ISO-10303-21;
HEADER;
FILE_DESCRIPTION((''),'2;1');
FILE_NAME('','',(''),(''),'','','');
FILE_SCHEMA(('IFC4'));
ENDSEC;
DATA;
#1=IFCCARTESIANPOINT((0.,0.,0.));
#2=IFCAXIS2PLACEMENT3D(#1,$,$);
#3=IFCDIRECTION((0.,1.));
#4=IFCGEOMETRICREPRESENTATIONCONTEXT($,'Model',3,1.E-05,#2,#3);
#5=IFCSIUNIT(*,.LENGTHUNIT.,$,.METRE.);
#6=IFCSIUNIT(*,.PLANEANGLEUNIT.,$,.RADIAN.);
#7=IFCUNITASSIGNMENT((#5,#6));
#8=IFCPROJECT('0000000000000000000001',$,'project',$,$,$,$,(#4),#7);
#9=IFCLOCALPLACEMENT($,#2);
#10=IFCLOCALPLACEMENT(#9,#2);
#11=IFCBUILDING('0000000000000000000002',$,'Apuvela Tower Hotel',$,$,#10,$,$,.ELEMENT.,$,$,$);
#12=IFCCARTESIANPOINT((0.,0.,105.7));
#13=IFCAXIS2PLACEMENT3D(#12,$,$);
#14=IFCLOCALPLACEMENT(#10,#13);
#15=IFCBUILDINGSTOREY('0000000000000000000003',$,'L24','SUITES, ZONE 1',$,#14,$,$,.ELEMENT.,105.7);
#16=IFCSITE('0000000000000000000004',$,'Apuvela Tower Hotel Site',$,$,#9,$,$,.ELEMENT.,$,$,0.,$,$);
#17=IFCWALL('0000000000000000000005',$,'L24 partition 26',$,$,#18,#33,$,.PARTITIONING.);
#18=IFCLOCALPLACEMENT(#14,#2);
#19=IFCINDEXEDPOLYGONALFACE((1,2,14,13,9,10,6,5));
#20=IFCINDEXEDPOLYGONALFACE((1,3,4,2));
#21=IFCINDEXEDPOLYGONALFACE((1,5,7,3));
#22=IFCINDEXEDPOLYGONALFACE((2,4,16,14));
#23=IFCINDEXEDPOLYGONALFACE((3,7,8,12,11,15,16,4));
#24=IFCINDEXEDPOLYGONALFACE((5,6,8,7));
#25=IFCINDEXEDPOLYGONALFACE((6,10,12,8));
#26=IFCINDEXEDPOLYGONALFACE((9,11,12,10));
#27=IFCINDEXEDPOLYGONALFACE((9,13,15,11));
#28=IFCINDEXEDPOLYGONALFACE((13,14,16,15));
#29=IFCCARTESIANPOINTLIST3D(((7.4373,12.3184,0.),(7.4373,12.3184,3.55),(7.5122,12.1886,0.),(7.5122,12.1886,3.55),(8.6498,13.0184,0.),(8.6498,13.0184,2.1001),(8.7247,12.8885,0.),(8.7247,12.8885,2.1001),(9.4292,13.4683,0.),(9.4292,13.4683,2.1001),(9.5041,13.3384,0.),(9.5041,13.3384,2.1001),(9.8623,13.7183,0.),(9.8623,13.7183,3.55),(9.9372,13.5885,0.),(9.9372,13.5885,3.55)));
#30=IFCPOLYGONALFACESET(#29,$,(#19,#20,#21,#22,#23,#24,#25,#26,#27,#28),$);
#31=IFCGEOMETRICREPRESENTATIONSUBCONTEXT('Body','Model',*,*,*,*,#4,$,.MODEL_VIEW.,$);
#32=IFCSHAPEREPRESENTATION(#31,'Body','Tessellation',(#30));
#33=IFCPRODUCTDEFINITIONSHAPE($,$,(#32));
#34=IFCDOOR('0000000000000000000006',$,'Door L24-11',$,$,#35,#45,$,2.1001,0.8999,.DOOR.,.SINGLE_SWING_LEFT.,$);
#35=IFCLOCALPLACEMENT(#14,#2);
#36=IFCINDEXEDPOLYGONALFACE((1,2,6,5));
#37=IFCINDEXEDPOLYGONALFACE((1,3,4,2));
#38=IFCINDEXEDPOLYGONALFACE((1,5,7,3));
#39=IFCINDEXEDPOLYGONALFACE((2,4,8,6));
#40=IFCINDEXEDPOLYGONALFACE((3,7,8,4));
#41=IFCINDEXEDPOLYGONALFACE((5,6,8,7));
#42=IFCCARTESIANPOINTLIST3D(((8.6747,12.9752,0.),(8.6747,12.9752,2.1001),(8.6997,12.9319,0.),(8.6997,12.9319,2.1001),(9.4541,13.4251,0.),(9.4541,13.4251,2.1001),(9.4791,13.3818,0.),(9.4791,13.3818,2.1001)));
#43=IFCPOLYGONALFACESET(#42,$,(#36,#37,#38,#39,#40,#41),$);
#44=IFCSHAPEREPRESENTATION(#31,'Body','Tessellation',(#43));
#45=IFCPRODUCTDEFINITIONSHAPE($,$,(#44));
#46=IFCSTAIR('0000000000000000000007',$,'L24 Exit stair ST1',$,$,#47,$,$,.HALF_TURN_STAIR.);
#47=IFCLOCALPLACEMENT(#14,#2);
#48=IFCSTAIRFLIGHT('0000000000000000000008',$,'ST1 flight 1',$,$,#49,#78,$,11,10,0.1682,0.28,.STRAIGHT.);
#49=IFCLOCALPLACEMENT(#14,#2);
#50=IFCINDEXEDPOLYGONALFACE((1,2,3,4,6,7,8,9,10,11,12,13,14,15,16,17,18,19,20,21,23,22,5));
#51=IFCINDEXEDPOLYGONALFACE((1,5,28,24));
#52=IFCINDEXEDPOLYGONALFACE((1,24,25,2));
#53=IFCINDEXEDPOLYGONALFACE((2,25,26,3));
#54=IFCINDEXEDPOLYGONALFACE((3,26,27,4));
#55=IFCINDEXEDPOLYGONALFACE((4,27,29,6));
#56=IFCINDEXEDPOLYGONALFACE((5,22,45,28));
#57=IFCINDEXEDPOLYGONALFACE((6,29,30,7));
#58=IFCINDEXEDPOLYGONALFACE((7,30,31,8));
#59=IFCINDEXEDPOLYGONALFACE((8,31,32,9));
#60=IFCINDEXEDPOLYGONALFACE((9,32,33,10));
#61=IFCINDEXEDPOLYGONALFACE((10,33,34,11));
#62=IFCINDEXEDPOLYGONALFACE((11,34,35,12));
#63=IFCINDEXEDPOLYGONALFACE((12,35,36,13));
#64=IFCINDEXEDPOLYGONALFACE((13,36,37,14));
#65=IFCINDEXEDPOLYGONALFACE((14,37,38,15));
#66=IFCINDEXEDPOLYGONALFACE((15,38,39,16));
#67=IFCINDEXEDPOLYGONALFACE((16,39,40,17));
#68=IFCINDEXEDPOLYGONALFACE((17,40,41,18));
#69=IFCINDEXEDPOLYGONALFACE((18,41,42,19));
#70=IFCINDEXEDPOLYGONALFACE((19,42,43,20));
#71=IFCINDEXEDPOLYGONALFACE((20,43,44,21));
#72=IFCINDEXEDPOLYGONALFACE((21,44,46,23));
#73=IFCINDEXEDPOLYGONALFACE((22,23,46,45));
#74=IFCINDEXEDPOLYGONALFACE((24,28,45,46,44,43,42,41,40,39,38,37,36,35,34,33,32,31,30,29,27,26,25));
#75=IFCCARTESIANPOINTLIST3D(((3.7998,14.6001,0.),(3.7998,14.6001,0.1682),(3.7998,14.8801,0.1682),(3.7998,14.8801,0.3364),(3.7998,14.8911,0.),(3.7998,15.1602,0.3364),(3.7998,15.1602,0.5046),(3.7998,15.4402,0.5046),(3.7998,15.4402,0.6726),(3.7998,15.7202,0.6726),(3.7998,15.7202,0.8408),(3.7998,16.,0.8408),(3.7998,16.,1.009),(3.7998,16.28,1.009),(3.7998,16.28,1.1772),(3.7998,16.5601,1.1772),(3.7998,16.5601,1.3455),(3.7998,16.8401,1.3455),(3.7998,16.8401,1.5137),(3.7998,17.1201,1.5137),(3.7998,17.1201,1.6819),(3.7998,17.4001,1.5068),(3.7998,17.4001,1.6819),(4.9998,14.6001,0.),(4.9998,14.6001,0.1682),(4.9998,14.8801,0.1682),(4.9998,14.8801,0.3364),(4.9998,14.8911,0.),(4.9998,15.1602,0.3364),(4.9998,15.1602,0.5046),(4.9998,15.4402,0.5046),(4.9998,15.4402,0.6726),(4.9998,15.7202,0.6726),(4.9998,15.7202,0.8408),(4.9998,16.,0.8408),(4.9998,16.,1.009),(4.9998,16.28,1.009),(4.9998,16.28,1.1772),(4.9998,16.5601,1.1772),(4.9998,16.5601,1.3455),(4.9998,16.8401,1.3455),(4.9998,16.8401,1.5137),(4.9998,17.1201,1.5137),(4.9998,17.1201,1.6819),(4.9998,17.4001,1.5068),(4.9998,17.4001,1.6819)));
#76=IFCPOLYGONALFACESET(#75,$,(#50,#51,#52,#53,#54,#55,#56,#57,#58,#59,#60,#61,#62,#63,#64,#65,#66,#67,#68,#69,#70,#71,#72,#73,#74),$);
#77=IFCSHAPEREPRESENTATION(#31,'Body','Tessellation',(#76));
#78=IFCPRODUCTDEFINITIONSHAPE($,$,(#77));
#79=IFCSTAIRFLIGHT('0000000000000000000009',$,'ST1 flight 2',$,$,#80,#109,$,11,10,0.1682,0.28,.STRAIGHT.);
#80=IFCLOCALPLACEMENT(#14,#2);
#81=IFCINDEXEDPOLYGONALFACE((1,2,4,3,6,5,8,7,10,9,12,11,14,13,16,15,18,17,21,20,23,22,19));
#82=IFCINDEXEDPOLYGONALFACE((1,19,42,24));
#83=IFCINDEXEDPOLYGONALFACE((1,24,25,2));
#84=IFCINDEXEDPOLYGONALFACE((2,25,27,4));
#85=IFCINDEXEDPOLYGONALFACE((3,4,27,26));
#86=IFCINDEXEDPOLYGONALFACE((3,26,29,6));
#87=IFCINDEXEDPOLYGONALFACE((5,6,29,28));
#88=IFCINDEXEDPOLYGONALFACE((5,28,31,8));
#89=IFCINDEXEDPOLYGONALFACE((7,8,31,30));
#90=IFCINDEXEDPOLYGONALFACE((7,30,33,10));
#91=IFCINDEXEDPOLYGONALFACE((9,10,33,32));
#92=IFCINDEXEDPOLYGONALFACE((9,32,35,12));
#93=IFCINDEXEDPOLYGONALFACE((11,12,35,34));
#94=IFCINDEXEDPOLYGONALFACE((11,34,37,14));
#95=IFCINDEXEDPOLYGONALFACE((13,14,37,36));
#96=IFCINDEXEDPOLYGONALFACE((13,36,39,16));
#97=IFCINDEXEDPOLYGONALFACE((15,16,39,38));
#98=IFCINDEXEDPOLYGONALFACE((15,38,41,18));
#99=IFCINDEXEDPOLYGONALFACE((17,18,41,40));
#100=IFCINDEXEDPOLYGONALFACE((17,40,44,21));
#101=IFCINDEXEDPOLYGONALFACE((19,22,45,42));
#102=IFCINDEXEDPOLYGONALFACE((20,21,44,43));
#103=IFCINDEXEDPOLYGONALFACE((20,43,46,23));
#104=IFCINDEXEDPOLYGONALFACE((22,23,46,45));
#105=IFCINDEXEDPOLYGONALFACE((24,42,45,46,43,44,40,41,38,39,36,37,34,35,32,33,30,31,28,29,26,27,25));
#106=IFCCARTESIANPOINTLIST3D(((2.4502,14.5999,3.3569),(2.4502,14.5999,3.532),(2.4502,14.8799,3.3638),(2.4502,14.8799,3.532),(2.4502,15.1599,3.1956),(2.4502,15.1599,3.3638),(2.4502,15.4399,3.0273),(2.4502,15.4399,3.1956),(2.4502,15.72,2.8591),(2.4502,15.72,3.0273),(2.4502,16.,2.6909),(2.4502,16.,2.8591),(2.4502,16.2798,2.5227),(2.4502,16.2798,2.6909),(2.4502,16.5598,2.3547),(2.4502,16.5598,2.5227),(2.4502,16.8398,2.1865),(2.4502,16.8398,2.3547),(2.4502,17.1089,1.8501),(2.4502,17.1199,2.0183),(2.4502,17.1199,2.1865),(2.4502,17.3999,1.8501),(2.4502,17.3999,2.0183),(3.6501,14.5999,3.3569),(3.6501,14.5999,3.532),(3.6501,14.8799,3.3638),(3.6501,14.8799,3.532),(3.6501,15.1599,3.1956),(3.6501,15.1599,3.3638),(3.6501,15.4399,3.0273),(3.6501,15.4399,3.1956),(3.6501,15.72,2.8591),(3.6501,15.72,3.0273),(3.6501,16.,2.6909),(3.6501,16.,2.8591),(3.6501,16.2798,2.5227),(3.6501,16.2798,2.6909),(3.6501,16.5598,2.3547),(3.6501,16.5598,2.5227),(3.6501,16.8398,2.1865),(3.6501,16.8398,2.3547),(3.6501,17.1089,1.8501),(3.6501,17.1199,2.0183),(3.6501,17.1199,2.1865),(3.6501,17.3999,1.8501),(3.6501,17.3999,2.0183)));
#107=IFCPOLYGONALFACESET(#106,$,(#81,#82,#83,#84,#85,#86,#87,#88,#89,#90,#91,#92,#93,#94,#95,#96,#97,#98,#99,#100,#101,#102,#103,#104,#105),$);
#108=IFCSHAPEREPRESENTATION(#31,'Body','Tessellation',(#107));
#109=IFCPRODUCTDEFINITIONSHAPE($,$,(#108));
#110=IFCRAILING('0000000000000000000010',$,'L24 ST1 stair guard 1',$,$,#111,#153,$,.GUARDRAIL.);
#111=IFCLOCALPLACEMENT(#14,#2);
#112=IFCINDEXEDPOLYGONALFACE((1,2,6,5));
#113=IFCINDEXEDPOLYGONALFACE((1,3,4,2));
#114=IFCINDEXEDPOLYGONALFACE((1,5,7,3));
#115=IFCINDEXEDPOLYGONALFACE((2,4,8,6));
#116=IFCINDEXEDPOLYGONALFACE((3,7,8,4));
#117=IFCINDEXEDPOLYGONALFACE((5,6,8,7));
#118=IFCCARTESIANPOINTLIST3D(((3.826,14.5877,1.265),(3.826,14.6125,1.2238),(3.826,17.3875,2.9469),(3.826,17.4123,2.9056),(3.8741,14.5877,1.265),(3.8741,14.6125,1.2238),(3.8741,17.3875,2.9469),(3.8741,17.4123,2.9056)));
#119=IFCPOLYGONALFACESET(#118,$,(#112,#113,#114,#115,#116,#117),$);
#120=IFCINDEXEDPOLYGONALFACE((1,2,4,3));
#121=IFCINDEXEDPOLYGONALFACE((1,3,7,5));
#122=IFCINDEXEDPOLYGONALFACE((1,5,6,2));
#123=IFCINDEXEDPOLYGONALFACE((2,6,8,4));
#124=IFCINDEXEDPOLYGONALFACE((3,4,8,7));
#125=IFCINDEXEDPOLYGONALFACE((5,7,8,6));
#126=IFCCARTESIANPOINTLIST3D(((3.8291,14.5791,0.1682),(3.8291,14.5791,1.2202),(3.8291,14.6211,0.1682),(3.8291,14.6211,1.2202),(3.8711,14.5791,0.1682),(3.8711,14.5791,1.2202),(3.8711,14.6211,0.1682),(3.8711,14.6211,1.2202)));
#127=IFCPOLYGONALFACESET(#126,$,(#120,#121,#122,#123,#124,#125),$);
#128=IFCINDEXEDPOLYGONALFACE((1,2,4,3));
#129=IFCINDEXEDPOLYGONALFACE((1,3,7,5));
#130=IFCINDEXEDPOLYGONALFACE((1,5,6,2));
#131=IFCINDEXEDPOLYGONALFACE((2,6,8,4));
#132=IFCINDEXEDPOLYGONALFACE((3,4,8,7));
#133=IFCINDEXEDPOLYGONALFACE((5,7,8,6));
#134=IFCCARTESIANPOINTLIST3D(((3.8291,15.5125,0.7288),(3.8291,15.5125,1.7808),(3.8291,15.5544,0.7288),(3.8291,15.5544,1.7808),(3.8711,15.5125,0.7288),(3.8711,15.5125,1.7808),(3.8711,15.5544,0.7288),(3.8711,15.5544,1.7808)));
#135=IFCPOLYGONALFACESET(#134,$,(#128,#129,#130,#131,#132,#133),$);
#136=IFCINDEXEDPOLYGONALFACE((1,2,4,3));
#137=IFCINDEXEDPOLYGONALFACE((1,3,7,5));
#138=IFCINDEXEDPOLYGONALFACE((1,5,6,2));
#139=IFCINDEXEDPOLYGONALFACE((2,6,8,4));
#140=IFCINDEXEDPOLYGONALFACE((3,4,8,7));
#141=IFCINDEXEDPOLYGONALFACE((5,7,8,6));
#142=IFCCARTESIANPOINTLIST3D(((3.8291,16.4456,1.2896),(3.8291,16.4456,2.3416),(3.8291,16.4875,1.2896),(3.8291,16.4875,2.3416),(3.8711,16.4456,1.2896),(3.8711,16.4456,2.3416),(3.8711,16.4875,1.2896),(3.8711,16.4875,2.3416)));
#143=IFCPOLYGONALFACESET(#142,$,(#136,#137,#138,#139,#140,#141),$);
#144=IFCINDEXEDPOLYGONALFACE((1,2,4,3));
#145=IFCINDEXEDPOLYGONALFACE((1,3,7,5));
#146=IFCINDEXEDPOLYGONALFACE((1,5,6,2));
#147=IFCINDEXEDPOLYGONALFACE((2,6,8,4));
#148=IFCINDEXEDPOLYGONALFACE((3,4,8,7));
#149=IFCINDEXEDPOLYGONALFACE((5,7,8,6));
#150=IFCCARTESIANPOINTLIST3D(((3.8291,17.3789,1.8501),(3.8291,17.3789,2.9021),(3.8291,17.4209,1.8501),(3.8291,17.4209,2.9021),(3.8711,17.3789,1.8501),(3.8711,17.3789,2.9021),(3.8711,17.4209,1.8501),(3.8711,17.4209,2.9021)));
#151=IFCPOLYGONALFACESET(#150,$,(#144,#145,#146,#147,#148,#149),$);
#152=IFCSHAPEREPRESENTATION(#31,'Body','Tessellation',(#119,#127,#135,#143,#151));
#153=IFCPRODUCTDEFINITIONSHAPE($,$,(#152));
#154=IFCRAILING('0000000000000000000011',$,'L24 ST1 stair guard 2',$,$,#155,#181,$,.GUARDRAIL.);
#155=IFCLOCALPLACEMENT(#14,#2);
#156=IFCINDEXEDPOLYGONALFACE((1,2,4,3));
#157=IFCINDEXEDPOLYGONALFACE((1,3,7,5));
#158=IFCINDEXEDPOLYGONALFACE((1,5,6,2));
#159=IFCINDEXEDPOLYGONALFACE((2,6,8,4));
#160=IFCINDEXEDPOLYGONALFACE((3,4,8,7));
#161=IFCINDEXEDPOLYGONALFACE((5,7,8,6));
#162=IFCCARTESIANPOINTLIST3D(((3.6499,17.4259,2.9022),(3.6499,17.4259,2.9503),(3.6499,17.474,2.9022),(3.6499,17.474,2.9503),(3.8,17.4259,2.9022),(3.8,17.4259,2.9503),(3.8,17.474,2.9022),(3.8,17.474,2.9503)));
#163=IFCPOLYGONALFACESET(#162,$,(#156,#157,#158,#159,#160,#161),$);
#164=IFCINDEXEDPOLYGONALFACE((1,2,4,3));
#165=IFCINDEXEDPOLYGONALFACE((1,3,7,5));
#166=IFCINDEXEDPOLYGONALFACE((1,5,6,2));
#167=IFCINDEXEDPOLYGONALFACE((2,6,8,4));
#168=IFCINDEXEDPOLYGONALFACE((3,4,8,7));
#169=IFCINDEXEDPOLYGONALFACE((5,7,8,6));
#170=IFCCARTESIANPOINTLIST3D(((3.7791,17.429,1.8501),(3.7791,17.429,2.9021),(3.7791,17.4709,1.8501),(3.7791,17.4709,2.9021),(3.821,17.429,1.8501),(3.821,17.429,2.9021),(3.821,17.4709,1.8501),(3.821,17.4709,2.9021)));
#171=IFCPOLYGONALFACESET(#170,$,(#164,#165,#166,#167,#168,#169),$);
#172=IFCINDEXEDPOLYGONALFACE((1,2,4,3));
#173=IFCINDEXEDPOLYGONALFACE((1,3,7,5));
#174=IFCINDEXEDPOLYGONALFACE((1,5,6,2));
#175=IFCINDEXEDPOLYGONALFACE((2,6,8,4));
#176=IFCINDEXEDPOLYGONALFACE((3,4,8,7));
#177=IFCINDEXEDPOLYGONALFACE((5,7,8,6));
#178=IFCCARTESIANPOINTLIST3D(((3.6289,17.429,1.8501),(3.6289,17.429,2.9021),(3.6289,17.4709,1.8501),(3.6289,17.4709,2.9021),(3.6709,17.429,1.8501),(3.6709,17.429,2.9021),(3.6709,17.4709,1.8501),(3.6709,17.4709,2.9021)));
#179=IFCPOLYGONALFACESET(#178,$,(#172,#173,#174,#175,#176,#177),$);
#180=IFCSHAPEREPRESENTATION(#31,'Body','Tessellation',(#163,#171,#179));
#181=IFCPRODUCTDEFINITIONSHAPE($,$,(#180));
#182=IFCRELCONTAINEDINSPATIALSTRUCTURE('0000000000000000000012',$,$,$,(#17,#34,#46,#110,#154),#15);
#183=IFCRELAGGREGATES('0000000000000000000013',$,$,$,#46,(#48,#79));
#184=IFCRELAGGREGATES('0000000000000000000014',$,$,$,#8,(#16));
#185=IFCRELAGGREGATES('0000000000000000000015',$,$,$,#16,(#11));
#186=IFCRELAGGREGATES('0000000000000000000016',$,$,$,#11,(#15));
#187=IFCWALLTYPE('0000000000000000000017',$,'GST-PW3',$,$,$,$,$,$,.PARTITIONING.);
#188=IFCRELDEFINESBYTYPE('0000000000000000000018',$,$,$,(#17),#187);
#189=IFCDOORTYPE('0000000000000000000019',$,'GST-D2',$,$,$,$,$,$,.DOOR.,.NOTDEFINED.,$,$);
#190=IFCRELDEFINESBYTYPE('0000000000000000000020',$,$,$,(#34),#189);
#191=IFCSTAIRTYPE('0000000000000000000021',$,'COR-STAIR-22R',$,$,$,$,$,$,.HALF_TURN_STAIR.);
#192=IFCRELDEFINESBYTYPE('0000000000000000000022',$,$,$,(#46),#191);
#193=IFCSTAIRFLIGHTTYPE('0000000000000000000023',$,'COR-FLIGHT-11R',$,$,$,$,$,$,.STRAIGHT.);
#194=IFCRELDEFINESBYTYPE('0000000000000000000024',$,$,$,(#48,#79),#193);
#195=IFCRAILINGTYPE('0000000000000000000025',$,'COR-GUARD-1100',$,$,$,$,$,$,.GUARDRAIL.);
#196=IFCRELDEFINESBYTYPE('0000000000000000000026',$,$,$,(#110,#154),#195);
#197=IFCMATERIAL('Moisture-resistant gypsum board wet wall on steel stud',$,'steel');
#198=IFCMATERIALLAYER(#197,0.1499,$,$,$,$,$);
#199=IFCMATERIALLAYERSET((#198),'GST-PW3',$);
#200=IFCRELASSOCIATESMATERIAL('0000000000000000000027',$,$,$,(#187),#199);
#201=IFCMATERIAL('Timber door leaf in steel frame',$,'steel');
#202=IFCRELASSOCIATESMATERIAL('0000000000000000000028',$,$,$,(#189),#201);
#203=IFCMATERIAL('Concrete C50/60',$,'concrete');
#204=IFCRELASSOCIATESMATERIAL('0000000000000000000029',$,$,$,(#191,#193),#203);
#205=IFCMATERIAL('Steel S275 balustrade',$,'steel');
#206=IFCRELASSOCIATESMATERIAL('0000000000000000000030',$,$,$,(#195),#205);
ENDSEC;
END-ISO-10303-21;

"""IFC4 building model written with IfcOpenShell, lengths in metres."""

from ifc_helpers import new_model, si_unit, direction, frame, frame_2d, origin, origin_2d, place, context, subcontext, project, spatial, polyline, rectangle, outline, extrude, material, layer, layer_set, type_object, element, fill, aggregate, save


model = new_model("IFC4")

# Units and contexts
model_context = context("Model", 3, precision=1e-05, world=origin(), true_north=direction((0.0, 1.0)))
body_context = subcontext(model_context, "Body", "Model", "MODEL_VIEW")
ifc_project = project(units=[si_unit("LENGTHUNIT", "METRE"), si_unit("PLANEANGLEUNIT", "RADIAN")], contexts=[model_context])

# Site, building, storey
site_placement = place(None, origin())
site = spatial("IfcSite", under=ifc_project, at=site_placement, Name="Apuvela Tower Hotel Site", CompositionType="ELEMENT", RefElevation=0.0)
building_placement = place(site_placement, origin())
building = spatial("IfcBuilding", under=site, at=building_placement, Name="Apuvela Tower Hotel", CompositionType="ELEMENT")
storey_placement = place(building_placement, frame((0.0, 0.0, 105.7)))
storey = spatial("IfcBuildingStorey", under=building, at=storey_placement, Name="L24", Description="SUITES, ZONE 1", CompositionType="ELEMENT", Elevation=105.7)

# Shared definitions
ifc_material_1 = material(Name="Concrete C50/60", Category="concrete")

# Wall, opening, door
ifc_material_2 = material(Name="Moisture-resistant gypsum board wet wall on steel stud", Category="steel")
ifc_layer_1 = layer(ifc_material_2, 0.1499)
ifc_layer_set_1 = layer_set([ifc_layer_1], Name="GST-PW3")
wall_type_1 = type_object("IfcWallType", Name="GST-PW3", PredefinedType="PARTITIONING", material=ifc_layer_set_1)
wall_1_placement = place(storey_placement, frame((9.8997, 13.6533, 0.0), z_axis=(0.0, 0.0, 1.0), x_axis=(-0.866056, -0.499946, 0.0)))
wall_1 = element("IfcWall", 1, at=wall_1_placement, inside=storey, type_object=wall_type_1, Name="L24 partition 26", PredefinedType="PARTITIONING", context=body_context, shape_type="SweptSolid", body=[
    extrude(rectangle(XDim=2.8, YDim=0.1499, at=frame_2d((1.3999, 0.0))), origin(), (0.0, 0.0, 1.0), 3.55),
])
opening_1_placement = place(wall_1_placement, frame((0.5, 0.0, 0.0)))
opening_1 = element("IfcOpeningElement", 2, at=opening_1_placement, cuts=wall_1, PredefinedType="OPENING", context=body_context, shape_type="SweptSolid", body=[
    extrude(rectangle(XDim=0.8999, YDim=2.1001, at=frame_2d((0.45, 1.05))), frame((0.0, 0.085, 0.0), z_axis=(0.0, -1.0, 0.0), x_axis=(1.0, 0.0, 0.0)), (0.0, 0.0, 1.0), 0.1699),
])
ifc_material_3 = material(Name="Timber door leaf in steel frame", Category="steel")
door_type_1 = type_object("IfcDoorType", Name="GST-D2", OperationType="NOTDEFINED", PredefinedType="DOOR", material=ifc_material_3)
door_1_placement = place(opening_1_placement, origin())
door_1 = element("IfcDoor", 3, at=door_1_placement, inside=storey, type_object=door_type_1, Name="Door L24-11", OperationType="SINGLE_SWING_LEFT", OverallHeight=2.1001, OverallWidth=0.8999, PredefinedType="DOOR", context=body_context, shape_type="SweptSolid", body=[
    extrude(rectangle(XDim=0.8999, YDim=2.1001, at=frame_2d((0.45, 1.05))), frame((0.0, 0.0249, 0.0), z_axis=(0.0, -1.0, 0.0), x_axis=(1.0, 0.0, 0.0)), (0.0, 0.0, 1.0), 0.05),
])
fill(opening_1, door_1)

# Stair, stair flights
stair_type = type_object("IfcStairType", Name="COR-STAIR-22R", PredefinedType="HALF_TURN_STAIR", material=ifc_material_1)
stair_placement = place(storey_placement, origin())
stair = element("IfcStair", 4, at=stair_placement, inside=storey, type_object=stair_type, Name="L24 Exit stair ST1", PredefinedType="HALF_TURN_STAIR")
stair_flight_type = type_object("IfcStairFlightType", Name="COR-FLIGHT-11R", PredefinedType="STRAIGHT", material=ifc_material_1)
stair_flight_1_placement = place(storey_placement, frame((4.3999, 14.6001, 0.0), z_axis=(0.0, 0.0, 1.0), x_axis=(0.0, 1.0, 0.0)))
stair_flight_1 = element("IfcStairFlight", 5, at=stair_flight_1_placement, type_object=stair_flight_type, Name="ST1 flight 1", NumberOfRisers=11, NumberOfTreads=10, PredefinedType="STRAIGHT", RiserHeight=0.1682, TreadLength=0.28, context=body_context, shape_type="SweptSolid", body=[
    extrude(outline(polyline([(0.0, 0.0), (0.0, 0.1682), (0.28, 0.1682), (0.28, 0.3364), (0.5601, 0.3364), (0.5601, 0.5046), (0.8401, 0.5046), (0.8401, 0.6726), (1.1201, 0.6726), (1.1201, 0.8408), (1.3999, 0.8408), (1.3999, 1.009), (1.6799, 1.009), (1.6799, 1.1772), (1.96, 1.1772), (1.96, 1.3455), (2.24, 1.3455), (2.24, 1.5137), (2.52, 1.5137), (2.52, 1.6819), (2.8, 1.6819), (2.8, 1.8501), (2.8, 1.5068), (0.291, 0.0), (0.0, 0.0)])), frame((0.0, 0.6001, 0.0), z_axis=(0.0, -1.0, 0.0), x_axis=(1.0, 0.0, 0.0)), (0.0, 0.0, 1.0), 1.2),
])
stair_flight_2_placement = place(storey_placement, frame((3.05, 17.3999, 1.8501), z_axis=(0.0, 0.0, 1.0), x_axis=(0.0, -1.0, 0.0)))
stair_flight_2 = element("IfcStairFlight", 6, at=stair_flight_2_placement, type_object=stair_flight_type, Name="ST1 flight 2", NumberOfRisers=11, NumberOfTreads=10, PredefinedType="STRAIGHT", RiserHeight=0.1682, TreadLength=0.28, context=body_context, shape_type="SweptSolid", body=[
    extrude(outline(polyline([(0.0, 0.0), (0.0, 0.1682), (0.28, 0.1682), (0.28, 0.3364), (0.5601, 0.3364), (0.5601, 0.5046), (0.8401, 0.5046), (0.8401, 0.6726), (1.1201, 0.6726), (1.1201, 0.8408), (1.3999, 0.8408), (1.3999, 1.009), (1.6799, 1.009), (1.6799, 1.1772), (1.96, 1.1772), (1.96, 1.3455), (2.24, 1.3455), (2.24, 1.5137), (2.52, 1.5137), (2.52, 1.6819), (2.8, 1.6819), (2.8, 1.8501), (2.8, 1.5068), (0.291, 0.0), (0.0, 0.0)])), frame((0.0, 0.6001, 0.0), z_axis=(0.0, -1.0, 0.0), x_axis=(1.0, 0.0, 0.0)), (0.0, 0.0, 1.0), 1.2),
])
aggregate(stair, [stair_flight_1, stair_flight_2])

# Railings
ifc_material_4 = material(Name="Steel S275 balustrade", Category="steel")
railing_type_1 = type_object("IfcRailingType", Name="COR-GUARD-1100", PredefinedType="GUARDRAIL", material=ifc_material_4)
railing_1_placement = place(storey_placement, frame((3.8501, 14.6001, 0.1682)))
element("IfcRailing", 7, at=railing_1_placement, inside=storey, type_object=railing_type_1, Name="L24 ST1 stair guard 1", PredefinedType="GUARDRAIL", context=body_context, shape_type="SweptSolid", body=[
    extrude(rectangle(XDim=0.0481, YDim=0.0481, at=origin_2d()), frame((0.0, 0.0, 1.0762), z_axis=(0.0, 0.857222, 0.514946), x_axis=(-1.0, 0.0, 0.0)), (0.0, 0.0, 1.0), 3.2661),
    extrude(rectangle(XDim=0.042, YDim=0.042, at=origin_2d()), origin(), (0.0, 0.0, 1.0), 1.052),
    extrude(rectangle(XDim=0.042, YDim=0.042, at=origin_2d()), frame((0.0, 0.9333, 0.5605)), (0.0, 0.0, 1.0), 1.052),
    extrude(rectangle(XDim=0.042, YDim=0.042, at=origin_2d()), frame((0.0, 1.8665, 1.1213)), (0.0, 0.0, 1.0), 1.052),
    extrude(rectangle(XDim=0.042, YDim=0.042, at=origin_2d()), frame((0.0, 2.7998, 1.6819)), (0.0, 0.0, 1.0), 1.052),
])
railing_2_placement = place(storey_placement, frame((3.8, 17.45, 1.8501)))
element("IfcRailing", 8, at=railing_2_placement, inside=storey, type_object=railing_type_1, Name="L24 ST1 stair guard 2", PredefinedType="GUARDRAIL", context=body_context, shape_type="SweptSolid", body=[
    extrude(rectangle(XDim=0.0481, YDim=0.0481, at=origin_2d()), frame((0.0, 0.0, 1.0762), z_axis=(-1.0, 0.0, 0.0), x_axis=(0.0, -1.0, 0.0)), (0.0, 0.0, 1.0), 0.1501),
    extrude(rectangle(XDim=0.042, YDim=0.042, at=origin_2d()), origin(), (0.0, 0.0, 1.0), 1.052),
    extrude(rectangle(XDim=0.042, YDim=0.042, at=origin_2d()), frame((-0.1501, 0.0, 0.0)), (0.0, 0.0, 1.0), 1.052),
])

save(model, "model.ifc")
